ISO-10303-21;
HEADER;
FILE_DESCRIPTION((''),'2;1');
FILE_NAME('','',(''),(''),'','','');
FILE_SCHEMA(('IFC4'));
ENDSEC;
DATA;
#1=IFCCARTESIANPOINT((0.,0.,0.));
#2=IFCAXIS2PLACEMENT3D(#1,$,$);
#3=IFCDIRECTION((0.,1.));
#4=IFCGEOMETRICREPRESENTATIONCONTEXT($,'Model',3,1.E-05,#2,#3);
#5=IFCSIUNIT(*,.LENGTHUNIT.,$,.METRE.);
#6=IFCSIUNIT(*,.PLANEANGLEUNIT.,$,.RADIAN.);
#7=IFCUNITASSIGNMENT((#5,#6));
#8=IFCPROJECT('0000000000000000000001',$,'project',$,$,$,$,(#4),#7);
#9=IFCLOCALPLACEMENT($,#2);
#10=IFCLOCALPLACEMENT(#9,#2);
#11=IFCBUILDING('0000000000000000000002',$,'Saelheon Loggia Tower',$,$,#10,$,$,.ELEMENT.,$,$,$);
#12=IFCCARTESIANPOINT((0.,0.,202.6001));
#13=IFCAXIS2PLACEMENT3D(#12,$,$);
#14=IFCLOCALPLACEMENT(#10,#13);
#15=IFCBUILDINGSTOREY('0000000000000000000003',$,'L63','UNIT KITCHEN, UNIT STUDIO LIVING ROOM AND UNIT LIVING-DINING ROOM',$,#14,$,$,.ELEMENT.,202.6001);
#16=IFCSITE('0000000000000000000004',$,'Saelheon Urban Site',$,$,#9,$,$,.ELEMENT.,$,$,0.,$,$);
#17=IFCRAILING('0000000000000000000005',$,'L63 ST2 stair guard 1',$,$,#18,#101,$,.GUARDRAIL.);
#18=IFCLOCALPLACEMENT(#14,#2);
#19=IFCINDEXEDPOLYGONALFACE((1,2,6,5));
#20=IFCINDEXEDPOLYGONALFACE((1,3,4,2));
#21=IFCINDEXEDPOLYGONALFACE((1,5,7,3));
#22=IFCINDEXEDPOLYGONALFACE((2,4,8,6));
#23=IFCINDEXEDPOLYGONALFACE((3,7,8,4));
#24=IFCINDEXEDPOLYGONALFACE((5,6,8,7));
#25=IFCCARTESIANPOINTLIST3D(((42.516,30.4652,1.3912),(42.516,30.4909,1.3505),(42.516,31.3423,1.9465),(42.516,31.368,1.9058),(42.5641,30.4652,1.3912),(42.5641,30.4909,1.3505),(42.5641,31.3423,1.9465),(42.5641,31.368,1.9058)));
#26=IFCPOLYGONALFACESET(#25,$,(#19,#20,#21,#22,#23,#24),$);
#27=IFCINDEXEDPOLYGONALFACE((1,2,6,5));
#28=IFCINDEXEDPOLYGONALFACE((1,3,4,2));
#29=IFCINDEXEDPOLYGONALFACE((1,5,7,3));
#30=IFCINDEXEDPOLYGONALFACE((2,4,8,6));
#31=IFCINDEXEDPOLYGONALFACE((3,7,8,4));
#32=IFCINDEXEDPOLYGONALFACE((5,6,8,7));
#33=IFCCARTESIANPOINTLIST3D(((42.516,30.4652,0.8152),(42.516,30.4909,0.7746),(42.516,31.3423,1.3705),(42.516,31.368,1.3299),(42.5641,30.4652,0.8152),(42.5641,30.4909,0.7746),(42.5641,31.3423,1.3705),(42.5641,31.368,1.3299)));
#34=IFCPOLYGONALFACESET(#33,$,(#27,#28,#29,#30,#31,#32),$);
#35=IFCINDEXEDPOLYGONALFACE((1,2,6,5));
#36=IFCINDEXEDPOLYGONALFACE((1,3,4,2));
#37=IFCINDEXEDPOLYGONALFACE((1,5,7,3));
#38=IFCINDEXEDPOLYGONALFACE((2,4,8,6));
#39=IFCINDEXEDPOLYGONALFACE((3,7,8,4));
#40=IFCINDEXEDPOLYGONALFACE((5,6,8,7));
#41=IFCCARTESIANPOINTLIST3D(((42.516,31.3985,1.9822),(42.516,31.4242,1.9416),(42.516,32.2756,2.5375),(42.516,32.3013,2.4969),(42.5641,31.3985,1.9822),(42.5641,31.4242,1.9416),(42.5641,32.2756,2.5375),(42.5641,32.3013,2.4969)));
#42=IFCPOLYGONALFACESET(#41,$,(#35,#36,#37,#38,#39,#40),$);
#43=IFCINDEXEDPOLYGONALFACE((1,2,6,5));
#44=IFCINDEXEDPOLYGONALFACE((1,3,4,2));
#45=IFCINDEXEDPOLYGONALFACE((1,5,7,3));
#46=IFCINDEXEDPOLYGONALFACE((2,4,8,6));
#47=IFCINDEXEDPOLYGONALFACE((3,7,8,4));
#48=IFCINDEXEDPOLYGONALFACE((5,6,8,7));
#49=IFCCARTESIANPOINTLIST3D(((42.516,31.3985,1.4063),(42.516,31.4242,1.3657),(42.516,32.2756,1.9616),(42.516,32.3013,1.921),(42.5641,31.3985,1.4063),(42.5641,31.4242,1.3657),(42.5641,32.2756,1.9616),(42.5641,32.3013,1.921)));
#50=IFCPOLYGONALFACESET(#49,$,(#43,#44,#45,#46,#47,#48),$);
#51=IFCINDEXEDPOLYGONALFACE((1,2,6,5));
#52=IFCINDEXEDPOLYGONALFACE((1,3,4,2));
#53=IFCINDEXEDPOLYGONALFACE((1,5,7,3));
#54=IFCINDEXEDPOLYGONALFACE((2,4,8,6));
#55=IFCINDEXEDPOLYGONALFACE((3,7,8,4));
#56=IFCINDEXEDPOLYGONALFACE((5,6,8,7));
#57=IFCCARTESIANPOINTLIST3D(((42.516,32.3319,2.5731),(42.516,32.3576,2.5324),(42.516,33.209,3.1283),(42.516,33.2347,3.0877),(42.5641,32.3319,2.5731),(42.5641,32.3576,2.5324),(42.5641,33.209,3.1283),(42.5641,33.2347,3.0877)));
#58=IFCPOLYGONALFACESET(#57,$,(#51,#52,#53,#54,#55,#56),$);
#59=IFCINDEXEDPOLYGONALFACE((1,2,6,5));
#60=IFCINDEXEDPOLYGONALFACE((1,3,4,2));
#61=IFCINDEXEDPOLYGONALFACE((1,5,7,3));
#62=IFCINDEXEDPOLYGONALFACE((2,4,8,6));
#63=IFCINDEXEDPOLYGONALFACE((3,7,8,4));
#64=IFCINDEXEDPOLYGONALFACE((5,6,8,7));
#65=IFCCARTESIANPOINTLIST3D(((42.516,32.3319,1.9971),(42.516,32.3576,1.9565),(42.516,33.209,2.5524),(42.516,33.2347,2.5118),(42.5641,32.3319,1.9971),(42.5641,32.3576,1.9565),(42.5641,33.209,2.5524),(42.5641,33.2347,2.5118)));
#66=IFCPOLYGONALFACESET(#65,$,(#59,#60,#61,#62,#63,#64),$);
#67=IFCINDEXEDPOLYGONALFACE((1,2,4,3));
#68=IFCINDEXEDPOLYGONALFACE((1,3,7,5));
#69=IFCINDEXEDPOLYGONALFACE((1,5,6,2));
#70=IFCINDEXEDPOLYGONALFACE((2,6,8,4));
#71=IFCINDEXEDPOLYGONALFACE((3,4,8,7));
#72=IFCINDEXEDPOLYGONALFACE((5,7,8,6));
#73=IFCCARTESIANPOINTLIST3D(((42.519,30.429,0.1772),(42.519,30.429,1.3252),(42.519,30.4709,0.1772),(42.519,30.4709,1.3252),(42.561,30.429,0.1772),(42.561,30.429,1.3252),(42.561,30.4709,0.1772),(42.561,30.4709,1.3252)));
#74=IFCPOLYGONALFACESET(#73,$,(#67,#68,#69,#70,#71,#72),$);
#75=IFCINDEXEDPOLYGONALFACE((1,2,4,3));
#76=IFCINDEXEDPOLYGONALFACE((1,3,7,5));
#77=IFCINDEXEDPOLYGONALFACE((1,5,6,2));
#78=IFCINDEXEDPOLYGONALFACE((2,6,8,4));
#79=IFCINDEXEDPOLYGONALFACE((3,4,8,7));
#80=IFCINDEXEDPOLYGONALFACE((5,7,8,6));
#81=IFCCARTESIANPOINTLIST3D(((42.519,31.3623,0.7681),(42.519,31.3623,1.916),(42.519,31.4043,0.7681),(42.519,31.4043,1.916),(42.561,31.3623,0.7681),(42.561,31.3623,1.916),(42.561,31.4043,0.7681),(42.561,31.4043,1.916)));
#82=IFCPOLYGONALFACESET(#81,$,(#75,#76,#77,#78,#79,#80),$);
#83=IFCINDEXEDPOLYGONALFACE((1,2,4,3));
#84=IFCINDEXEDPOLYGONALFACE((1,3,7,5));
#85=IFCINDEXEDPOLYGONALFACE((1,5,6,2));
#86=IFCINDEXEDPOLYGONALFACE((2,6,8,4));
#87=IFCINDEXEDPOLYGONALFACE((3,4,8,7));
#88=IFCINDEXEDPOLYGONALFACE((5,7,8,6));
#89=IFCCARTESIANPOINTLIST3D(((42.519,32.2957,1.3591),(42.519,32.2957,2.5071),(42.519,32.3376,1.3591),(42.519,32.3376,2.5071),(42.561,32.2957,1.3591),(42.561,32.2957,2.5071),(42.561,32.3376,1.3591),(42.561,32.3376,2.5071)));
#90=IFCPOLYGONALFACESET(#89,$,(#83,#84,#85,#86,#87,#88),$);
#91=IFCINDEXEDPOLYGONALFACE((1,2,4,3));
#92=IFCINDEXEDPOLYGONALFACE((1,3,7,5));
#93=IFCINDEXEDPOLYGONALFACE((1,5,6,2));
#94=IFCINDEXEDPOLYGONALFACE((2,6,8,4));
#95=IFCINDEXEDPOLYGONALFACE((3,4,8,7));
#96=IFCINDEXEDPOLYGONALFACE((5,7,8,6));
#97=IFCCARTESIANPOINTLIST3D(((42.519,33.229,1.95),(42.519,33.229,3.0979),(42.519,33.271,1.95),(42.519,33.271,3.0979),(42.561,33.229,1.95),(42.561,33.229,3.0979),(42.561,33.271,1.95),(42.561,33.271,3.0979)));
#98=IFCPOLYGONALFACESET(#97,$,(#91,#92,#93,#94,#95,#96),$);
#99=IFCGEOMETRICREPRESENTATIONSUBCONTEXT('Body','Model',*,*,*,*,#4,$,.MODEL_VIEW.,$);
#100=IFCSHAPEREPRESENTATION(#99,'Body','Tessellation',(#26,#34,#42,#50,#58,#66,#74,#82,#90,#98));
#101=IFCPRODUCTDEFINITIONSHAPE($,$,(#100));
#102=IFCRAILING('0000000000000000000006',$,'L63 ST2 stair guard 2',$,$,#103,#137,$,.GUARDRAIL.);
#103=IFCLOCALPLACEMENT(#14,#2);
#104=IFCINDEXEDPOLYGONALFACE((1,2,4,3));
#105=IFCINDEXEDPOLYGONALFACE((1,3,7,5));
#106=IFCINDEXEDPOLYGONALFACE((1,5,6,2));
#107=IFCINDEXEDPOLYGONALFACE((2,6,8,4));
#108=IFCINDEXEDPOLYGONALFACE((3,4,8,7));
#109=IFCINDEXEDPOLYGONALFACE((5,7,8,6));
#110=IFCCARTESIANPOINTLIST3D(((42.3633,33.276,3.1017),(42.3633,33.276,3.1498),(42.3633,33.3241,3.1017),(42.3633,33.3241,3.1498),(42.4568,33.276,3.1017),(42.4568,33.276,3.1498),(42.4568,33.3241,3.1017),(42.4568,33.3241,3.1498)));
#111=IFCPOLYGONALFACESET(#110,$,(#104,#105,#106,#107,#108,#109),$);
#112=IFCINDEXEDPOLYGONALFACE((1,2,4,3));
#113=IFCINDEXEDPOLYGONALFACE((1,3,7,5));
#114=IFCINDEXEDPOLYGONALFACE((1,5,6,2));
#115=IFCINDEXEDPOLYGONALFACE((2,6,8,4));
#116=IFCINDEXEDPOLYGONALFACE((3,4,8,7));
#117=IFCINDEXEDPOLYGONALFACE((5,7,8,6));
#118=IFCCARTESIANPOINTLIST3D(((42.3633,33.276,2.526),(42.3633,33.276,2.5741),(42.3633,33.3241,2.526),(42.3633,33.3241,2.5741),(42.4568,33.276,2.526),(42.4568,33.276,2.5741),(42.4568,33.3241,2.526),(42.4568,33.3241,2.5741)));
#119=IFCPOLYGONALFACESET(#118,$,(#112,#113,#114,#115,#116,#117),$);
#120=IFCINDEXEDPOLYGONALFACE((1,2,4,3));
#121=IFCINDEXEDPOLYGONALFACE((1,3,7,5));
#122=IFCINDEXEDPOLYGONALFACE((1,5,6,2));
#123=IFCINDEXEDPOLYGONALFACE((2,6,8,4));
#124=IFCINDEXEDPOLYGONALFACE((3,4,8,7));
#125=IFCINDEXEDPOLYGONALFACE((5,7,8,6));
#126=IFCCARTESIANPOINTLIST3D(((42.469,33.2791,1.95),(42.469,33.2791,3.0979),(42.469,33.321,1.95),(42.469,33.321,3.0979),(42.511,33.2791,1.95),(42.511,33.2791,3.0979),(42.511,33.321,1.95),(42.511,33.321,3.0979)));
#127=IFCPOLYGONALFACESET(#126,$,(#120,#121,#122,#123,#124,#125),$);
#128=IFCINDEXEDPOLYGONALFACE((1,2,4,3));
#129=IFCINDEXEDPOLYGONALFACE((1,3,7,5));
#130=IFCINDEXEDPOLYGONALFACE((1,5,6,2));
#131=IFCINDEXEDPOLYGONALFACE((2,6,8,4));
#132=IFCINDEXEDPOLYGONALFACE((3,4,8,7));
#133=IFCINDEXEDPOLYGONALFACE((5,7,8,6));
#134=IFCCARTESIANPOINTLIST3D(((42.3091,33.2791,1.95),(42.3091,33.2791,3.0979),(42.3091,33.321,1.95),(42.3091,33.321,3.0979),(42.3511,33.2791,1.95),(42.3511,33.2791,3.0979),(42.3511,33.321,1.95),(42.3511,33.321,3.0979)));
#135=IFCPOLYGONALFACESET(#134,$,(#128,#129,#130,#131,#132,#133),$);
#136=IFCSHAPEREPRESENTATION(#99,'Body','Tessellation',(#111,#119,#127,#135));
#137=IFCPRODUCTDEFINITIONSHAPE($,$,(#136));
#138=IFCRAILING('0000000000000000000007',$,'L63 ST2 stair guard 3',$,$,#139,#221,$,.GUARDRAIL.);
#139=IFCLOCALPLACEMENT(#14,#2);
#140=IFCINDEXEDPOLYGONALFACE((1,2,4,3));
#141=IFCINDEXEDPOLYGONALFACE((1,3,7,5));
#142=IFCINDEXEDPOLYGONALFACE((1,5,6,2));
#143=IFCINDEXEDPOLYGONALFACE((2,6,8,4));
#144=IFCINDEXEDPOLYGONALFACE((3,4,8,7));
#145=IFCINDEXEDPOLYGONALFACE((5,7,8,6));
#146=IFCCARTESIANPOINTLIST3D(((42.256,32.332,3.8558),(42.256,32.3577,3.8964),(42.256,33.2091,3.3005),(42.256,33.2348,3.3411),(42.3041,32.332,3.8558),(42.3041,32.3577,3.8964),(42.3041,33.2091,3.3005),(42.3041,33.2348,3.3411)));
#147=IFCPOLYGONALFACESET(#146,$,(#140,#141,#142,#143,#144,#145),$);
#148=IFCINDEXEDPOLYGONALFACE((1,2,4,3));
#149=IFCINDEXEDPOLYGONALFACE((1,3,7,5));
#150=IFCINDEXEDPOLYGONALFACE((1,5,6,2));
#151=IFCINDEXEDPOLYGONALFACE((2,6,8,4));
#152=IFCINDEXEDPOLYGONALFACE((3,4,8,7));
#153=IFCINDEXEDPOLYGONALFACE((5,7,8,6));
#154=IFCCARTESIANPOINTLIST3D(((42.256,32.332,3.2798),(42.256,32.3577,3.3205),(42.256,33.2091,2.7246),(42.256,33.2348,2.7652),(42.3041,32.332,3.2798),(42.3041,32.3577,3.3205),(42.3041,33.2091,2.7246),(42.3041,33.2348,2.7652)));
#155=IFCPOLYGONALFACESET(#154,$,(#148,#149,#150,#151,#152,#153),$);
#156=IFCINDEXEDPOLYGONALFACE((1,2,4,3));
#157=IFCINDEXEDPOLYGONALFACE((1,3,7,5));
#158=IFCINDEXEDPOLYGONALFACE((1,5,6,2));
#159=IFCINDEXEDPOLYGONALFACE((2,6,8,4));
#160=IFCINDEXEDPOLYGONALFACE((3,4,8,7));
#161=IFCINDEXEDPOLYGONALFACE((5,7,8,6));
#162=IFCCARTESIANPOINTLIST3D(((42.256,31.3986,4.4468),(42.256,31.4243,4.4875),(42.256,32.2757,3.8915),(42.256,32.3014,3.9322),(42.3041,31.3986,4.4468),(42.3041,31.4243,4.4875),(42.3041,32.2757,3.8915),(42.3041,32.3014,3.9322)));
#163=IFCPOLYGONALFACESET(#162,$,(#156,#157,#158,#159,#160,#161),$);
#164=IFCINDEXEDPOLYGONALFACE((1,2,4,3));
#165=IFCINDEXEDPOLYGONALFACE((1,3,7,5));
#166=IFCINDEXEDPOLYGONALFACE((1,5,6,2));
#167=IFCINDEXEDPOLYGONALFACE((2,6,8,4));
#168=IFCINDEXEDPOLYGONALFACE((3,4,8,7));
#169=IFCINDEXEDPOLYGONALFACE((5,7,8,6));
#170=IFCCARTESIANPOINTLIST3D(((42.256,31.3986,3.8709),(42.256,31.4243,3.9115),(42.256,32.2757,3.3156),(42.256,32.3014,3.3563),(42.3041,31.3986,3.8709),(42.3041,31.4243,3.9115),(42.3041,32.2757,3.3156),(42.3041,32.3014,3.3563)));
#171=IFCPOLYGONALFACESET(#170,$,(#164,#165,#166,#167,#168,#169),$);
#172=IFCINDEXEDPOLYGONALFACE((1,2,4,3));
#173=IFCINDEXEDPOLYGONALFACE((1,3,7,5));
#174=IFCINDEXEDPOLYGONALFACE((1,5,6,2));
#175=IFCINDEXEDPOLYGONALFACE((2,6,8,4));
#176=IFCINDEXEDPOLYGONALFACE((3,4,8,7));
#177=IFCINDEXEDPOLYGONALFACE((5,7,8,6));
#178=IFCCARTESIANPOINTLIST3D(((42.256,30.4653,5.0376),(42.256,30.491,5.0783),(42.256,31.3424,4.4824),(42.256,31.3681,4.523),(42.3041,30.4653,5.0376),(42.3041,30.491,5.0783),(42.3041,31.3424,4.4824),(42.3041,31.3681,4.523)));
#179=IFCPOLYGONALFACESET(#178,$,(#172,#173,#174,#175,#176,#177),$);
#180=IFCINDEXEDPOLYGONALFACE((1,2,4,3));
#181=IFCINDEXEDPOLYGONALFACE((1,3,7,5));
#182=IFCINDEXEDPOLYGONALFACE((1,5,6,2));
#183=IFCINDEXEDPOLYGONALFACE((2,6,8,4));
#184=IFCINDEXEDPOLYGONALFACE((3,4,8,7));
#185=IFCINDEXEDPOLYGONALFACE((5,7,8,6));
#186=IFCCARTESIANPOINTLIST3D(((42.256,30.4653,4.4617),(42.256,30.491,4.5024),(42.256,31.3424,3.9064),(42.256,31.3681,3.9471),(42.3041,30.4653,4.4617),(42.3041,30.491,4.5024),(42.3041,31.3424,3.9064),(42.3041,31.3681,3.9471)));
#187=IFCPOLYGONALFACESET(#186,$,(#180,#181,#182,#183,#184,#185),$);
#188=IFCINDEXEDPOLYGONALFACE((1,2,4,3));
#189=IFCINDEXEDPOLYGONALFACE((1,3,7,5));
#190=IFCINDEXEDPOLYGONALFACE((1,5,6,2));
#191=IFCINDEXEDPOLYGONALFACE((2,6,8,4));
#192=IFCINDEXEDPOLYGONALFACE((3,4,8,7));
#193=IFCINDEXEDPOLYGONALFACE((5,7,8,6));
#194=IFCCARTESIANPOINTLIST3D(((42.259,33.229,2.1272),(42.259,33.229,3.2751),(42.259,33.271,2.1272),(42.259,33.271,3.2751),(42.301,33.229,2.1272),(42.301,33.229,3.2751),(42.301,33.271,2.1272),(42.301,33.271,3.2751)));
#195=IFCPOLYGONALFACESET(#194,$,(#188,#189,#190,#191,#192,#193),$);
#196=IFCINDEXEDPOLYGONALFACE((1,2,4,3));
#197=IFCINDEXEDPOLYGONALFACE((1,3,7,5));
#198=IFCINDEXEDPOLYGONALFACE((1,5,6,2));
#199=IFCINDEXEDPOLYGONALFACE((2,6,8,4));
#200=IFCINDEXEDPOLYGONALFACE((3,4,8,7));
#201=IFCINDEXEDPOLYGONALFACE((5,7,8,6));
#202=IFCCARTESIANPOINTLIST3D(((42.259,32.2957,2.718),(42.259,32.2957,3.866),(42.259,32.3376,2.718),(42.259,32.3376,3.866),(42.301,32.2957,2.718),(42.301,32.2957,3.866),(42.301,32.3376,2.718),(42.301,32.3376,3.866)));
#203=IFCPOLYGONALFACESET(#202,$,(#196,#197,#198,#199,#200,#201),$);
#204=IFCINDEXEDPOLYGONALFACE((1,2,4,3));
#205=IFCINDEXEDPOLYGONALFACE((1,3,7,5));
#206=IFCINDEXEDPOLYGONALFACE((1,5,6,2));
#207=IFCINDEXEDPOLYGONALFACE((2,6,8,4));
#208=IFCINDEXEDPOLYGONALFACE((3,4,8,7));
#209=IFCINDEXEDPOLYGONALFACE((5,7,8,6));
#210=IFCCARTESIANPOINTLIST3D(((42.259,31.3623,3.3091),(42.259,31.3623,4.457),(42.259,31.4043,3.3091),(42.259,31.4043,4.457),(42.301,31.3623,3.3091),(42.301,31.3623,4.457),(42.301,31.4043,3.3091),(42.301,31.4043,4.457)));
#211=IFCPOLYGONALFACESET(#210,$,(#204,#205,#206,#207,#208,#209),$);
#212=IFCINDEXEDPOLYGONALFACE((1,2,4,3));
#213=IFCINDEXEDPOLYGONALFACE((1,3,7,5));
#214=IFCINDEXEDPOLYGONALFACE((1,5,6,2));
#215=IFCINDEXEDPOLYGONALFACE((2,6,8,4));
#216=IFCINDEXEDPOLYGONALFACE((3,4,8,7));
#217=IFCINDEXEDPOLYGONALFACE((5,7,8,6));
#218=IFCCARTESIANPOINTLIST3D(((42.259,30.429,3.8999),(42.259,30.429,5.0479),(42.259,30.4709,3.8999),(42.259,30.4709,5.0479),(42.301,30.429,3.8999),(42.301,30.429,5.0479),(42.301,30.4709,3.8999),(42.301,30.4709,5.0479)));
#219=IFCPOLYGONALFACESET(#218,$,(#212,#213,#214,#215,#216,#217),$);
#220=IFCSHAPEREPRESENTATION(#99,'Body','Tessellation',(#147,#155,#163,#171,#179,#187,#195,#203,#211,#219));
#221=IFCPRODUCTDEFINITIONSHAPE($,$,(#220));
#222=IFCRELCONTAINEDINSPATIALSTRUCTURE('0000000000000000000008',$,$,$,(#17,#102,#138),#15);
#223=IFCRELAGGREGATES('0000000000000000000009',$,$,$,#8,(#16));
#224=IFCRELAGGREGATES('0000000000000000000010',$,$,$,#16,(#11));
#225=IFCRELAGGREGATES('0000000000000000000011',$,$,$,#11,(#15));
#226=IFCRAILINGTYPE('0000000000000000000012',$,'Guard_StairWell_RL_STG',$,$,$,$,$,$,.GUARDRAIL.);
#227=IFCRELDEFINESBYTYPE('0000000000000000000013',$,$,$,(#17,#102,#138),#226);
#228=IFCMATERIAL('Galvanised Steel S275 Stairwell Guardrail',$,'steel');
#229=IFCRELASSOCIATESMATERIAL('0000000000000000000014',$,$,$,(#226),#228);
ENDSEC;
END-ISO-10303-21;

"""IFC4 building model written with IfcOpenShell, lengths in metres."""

from ifc_helpers import new_model, si_unit, direction, frame, origin, origin_2d, place, context, subcontext, project, spatial, rectangle, extrude, material, type_object, element, save


model = new_model("IFC4")

# Units and contexts
model_context = context("Model", 3, precision=1e-05, world=origin(), true_north=direction((0.0, 1.0)))
body_context = subcontext(model_context, "Body", "Model", "MODEL_VIEW")
ifc_project = project(units=[si_unit("LENGTHUNIT", "METRE"), si_unit("PLANEANGLEUNIT", "RADIAN")], contexts=[model_context])

# Site, building, storey
site_placement = place(None, origin())
site = spatial("IfcSite", under=ifc_project, at=site_placement, Name="Saelheon Urban Site", CompositionType="ELEMENT", RefElevation=0.0)
building_placement = place(site_placement, origin())
building = spatial("IfcBuilding", under=site, at=building_placement, Name="Saelheon Loggia Tower", CompositionType="ELEMENT")
storey_placement = place(building_placement, frame((0.0, 0.0, 202.6001)))
storey = spatial("IfcBuildingStorey", under=building, at=storey_placement, Name="L63", Description="UNIT KITCHEN, UNIT STUDIO LIVING ROOM AND UNIT LIVING-DINING ROOM", CompositionType="ELEMENT", Elevation=202.6001)

# Railings
ifc_material_1 = material(Name="Galvanised Steel S275 Stairwell Guardrail", Category="steel")
railing_type_1 = type_object("IfcRailingType", Name="Guard_StairWell_RL_STG", PredefinedType="GUARDRAIL", material=ifc_material_1)
railing_1_placement = place(storey_placement, frame((42.54, 30.45, 0.1772)))
element("IfcRailing", 1, at=railing_1_placement, inside=storey, type_object=railing_type_1, Name="L63 ST2 stair guard 1", PredefinedType="GUARDRAIL", context=body_context, shape_type="SweptSolid", body=[
    extrude(rectangle(XDim=0.0481, YDim=0.0481, at=origin_2d()), frame((0.0, 0.0281, 1.1936), z_axis=(0.0, 0.844909, 0.53491), x_axis=(-1.0, 0.0, 0.0)), (0.0, 0.0, 1.0), 1.0381),
    extrude(rectangle(XDim=0.0481, YDim=0.0481, at=origin_2d()), frame((0.0, 0.0281, 0.6177), z_axis=(0.0, 0.844909, 0.53491), x_axis=(-1.0, 0.0, 0.0)), (0.0, 0.0, 1.0), 1.0381),
    extrude(rectangle(XDim=0.0481, YDim=0.0481, at=origin_2d()), frame((0.0, 0.9614, 1.7847), z_axis=(0.0, 0.844909, 0.53491), x_axis=(-1.0, 0.0, 0.0)), (0.0, 0.0, 1.0), 1.0381),
    extrude(rectangle(XDim=0.0481, YDim=0.0481, at=origin_2d()), frame((0.0, 0.9614, 1.2087), z_axis=(0.0, 0.844909, 0.53491), x_axis=(-1.0, 0.0, 0.0)), (0.0, 0.0, 1.0), 1.0381),
    extrude(rectangle(XDim=0.0481, YDim=0.0481, at=origin_2d()), frame((0.0, 1.8948, 2.3755), z_axis=(0.0, 0.844909, 0.53491), x_axis=(-1.0, 0.0, 0.0)), (0.0, 0.0, 1.0), 1.0381),
    extrude(rectangle(XDim=0.0481, YDim=0.0481, at=origin_2d()), frame((0.0, 1.8948, 1.7996), z_axis=(0.0, 0.844909, 0.53491), x_axis=(-1.0, 0.0, 0.0)), (0.0, 0.0, 1.0), 1.0381),
    extrude(rectangle(XDim=0.042, YDim=0.042, at=origin_2d()), origin(), (0.0, 0.0, 1.0), 1.1479),
    extrude(rectangle(XDim=0.042, YDim=0.042, at=origin_2d()), frame((0.0, 0.9333, 0.5908)), (0.0, 0.0, 1.0), 1.1479),
    extrude(rectangle(XDim=0.042, YDim=0.042, at=origin_2d()), frame((0.0, 1.8667, 1.1819)), (0.0, 0.0, 1.0), 1.1479),
    extrude(rectangle(XDim=0.042, YDim=0.042, at=origin_2d()), frame((0.0, 2.8, 1.7727)), (0.0, 0.0, 1.0), 1.1479),
])
railing_2_placement = place(storey_placement, frame((42.49, 33.3, 1.95)))
element("IfcRailing", 2, at=railing_2_placement, inside=storey, type_object=railing_type_1, Name="L63 ST2 stair guard 2", PredefinedType="GUARDRAIL", context=body_context, shape_type="SweptSolid", body=[
    extrude(rectangle(XDim=0.0481, YDim=0.0481, at=origin_2d()), frame((-0.0332, 0.0, 1.1758), z_axis=(-1.0, 0.0, 0.0), x_axis=(0.0, -1.0, 0.0)), (0.0, 0.0, 1.0), 0.0935),
    extrude(rectangle(XDim=0.0481, YDim=0.0481, at=origin_2d()), frame((-0.0332, 0.0, 0.6001), z_axis=(-1.0, 0.0, 0.0), x_axis=(0.0, -1.0, 0.0)), (0.0, 0.0, 1.0), 0.0935),
    extrude(rectangle(XDim=0.042, YDim=0.042, at=origin_2d()), origin(), (0.0, 0.0, 1.0), 1.1479),
    extrude(rectangle(XDim=0.042, YDim=0.042, at=origin_2d()), frame((-0.1599, 0.0, 0.0)), (0.0, 0.0, 1.0), 1.1479),
])
railing_3_placement = place(storey_placement, frame((42.28, 33.25, 2.1272)))
element("IfcRailing", 3, at=railing_3_placement, inside=storey, type_object=railing_type_1, Name="L63 ST2 stair guard 3", PredefinedType="GUARDRAIL", context=body_context, shape_type="SweptSolid", body=[
    extrude(rectangle(XDim=0.0481, YDim=0.0481, at=origin_2d()), frame((0.0, -0.0281, 1.1936), z_axis=(0.0, -0.844909, 0.53491), x_axis=(1.0, 0.0, 0.0)), (0.0, 0.0, 1.0), 1.0381),
    extrude(rectangle(XDim=0.0481, YDim=0.0481, at=origin_2d()), frame((0.0, -0.0281, 0.6177), z_axis=(0.0, -0.844909, 0.53491), x_axis=(1.0, 0.0, 0.0)), (0.0, 0.0, 1.0), 1.0381),
    extrude(rectangle(XDim=0.0481, YDim=0.0481, at=origin_2d()), frame((0.0, -0.9614, 1.7847), z_axis=(0.0, -0.844909, 0.53491), x_axis=(1.0, 0.0, 0.0)), (0.0, 0.0, 1.0), 1.0381),
    extrude(rectangle(XDim=0.0481, YDim=0.0481, at=origin_2d()), frame((0.0, -0.9614, 1.2087), z_axis=(0.0, -0.844909, 0.53491), x_axis=(1.0, 0.0, 0.0)), (0.0, 0.0, 1.0), 1.0381),
    extrude(rectangle(XDim=0.0481, YDim=0.0481, at=origin_2d()), frame((0.0, -1.8948, 2.3755), z_axis=(0.0, -0.844909, 0.53491), x_axis=(1.0, 0.0, 0.0)), (0.0, 0.0, 1.0), 1.0381),
    extrude(rectangle(XDim=0.0481, YDim=0.0481, at=origin_2d()), frame((0.0, -1.8948, 1.7996), z_axis=(0.0, -0.844909, 0.53491), x_axis=(1.0, 0.0, 0.0)), (0.0, 0.0, 1.0), 1.0381),
    extrude(rectangle(XDim=0.042, YDim=0.042, at=origin_2d()), origin(), (0.0, 0.0, 1.0), 1.1479),
    extrude(rectangle(XDim=0.042, YDim=0.042, at=origin_2d()), frame((0.0, -0.9333, 0.5908)), (0.0, 0.0, 1.0), 1.1479),
    extrude(rectangle(XDim=0.042, YDim=0.042, at=origin_2d()), frame((0.0, -1.8667, 1.1819)), (0.0, 0.0, 1.0), 1.1479),
    extrude(rectangle(XDim=0.042, YDim=0.042, at=origin_2d()), frame((0.0, -2.8, 1.7727)), (0.0, 0.0, 1.0), 1.1479),
])

save(model, "model.ifc")
